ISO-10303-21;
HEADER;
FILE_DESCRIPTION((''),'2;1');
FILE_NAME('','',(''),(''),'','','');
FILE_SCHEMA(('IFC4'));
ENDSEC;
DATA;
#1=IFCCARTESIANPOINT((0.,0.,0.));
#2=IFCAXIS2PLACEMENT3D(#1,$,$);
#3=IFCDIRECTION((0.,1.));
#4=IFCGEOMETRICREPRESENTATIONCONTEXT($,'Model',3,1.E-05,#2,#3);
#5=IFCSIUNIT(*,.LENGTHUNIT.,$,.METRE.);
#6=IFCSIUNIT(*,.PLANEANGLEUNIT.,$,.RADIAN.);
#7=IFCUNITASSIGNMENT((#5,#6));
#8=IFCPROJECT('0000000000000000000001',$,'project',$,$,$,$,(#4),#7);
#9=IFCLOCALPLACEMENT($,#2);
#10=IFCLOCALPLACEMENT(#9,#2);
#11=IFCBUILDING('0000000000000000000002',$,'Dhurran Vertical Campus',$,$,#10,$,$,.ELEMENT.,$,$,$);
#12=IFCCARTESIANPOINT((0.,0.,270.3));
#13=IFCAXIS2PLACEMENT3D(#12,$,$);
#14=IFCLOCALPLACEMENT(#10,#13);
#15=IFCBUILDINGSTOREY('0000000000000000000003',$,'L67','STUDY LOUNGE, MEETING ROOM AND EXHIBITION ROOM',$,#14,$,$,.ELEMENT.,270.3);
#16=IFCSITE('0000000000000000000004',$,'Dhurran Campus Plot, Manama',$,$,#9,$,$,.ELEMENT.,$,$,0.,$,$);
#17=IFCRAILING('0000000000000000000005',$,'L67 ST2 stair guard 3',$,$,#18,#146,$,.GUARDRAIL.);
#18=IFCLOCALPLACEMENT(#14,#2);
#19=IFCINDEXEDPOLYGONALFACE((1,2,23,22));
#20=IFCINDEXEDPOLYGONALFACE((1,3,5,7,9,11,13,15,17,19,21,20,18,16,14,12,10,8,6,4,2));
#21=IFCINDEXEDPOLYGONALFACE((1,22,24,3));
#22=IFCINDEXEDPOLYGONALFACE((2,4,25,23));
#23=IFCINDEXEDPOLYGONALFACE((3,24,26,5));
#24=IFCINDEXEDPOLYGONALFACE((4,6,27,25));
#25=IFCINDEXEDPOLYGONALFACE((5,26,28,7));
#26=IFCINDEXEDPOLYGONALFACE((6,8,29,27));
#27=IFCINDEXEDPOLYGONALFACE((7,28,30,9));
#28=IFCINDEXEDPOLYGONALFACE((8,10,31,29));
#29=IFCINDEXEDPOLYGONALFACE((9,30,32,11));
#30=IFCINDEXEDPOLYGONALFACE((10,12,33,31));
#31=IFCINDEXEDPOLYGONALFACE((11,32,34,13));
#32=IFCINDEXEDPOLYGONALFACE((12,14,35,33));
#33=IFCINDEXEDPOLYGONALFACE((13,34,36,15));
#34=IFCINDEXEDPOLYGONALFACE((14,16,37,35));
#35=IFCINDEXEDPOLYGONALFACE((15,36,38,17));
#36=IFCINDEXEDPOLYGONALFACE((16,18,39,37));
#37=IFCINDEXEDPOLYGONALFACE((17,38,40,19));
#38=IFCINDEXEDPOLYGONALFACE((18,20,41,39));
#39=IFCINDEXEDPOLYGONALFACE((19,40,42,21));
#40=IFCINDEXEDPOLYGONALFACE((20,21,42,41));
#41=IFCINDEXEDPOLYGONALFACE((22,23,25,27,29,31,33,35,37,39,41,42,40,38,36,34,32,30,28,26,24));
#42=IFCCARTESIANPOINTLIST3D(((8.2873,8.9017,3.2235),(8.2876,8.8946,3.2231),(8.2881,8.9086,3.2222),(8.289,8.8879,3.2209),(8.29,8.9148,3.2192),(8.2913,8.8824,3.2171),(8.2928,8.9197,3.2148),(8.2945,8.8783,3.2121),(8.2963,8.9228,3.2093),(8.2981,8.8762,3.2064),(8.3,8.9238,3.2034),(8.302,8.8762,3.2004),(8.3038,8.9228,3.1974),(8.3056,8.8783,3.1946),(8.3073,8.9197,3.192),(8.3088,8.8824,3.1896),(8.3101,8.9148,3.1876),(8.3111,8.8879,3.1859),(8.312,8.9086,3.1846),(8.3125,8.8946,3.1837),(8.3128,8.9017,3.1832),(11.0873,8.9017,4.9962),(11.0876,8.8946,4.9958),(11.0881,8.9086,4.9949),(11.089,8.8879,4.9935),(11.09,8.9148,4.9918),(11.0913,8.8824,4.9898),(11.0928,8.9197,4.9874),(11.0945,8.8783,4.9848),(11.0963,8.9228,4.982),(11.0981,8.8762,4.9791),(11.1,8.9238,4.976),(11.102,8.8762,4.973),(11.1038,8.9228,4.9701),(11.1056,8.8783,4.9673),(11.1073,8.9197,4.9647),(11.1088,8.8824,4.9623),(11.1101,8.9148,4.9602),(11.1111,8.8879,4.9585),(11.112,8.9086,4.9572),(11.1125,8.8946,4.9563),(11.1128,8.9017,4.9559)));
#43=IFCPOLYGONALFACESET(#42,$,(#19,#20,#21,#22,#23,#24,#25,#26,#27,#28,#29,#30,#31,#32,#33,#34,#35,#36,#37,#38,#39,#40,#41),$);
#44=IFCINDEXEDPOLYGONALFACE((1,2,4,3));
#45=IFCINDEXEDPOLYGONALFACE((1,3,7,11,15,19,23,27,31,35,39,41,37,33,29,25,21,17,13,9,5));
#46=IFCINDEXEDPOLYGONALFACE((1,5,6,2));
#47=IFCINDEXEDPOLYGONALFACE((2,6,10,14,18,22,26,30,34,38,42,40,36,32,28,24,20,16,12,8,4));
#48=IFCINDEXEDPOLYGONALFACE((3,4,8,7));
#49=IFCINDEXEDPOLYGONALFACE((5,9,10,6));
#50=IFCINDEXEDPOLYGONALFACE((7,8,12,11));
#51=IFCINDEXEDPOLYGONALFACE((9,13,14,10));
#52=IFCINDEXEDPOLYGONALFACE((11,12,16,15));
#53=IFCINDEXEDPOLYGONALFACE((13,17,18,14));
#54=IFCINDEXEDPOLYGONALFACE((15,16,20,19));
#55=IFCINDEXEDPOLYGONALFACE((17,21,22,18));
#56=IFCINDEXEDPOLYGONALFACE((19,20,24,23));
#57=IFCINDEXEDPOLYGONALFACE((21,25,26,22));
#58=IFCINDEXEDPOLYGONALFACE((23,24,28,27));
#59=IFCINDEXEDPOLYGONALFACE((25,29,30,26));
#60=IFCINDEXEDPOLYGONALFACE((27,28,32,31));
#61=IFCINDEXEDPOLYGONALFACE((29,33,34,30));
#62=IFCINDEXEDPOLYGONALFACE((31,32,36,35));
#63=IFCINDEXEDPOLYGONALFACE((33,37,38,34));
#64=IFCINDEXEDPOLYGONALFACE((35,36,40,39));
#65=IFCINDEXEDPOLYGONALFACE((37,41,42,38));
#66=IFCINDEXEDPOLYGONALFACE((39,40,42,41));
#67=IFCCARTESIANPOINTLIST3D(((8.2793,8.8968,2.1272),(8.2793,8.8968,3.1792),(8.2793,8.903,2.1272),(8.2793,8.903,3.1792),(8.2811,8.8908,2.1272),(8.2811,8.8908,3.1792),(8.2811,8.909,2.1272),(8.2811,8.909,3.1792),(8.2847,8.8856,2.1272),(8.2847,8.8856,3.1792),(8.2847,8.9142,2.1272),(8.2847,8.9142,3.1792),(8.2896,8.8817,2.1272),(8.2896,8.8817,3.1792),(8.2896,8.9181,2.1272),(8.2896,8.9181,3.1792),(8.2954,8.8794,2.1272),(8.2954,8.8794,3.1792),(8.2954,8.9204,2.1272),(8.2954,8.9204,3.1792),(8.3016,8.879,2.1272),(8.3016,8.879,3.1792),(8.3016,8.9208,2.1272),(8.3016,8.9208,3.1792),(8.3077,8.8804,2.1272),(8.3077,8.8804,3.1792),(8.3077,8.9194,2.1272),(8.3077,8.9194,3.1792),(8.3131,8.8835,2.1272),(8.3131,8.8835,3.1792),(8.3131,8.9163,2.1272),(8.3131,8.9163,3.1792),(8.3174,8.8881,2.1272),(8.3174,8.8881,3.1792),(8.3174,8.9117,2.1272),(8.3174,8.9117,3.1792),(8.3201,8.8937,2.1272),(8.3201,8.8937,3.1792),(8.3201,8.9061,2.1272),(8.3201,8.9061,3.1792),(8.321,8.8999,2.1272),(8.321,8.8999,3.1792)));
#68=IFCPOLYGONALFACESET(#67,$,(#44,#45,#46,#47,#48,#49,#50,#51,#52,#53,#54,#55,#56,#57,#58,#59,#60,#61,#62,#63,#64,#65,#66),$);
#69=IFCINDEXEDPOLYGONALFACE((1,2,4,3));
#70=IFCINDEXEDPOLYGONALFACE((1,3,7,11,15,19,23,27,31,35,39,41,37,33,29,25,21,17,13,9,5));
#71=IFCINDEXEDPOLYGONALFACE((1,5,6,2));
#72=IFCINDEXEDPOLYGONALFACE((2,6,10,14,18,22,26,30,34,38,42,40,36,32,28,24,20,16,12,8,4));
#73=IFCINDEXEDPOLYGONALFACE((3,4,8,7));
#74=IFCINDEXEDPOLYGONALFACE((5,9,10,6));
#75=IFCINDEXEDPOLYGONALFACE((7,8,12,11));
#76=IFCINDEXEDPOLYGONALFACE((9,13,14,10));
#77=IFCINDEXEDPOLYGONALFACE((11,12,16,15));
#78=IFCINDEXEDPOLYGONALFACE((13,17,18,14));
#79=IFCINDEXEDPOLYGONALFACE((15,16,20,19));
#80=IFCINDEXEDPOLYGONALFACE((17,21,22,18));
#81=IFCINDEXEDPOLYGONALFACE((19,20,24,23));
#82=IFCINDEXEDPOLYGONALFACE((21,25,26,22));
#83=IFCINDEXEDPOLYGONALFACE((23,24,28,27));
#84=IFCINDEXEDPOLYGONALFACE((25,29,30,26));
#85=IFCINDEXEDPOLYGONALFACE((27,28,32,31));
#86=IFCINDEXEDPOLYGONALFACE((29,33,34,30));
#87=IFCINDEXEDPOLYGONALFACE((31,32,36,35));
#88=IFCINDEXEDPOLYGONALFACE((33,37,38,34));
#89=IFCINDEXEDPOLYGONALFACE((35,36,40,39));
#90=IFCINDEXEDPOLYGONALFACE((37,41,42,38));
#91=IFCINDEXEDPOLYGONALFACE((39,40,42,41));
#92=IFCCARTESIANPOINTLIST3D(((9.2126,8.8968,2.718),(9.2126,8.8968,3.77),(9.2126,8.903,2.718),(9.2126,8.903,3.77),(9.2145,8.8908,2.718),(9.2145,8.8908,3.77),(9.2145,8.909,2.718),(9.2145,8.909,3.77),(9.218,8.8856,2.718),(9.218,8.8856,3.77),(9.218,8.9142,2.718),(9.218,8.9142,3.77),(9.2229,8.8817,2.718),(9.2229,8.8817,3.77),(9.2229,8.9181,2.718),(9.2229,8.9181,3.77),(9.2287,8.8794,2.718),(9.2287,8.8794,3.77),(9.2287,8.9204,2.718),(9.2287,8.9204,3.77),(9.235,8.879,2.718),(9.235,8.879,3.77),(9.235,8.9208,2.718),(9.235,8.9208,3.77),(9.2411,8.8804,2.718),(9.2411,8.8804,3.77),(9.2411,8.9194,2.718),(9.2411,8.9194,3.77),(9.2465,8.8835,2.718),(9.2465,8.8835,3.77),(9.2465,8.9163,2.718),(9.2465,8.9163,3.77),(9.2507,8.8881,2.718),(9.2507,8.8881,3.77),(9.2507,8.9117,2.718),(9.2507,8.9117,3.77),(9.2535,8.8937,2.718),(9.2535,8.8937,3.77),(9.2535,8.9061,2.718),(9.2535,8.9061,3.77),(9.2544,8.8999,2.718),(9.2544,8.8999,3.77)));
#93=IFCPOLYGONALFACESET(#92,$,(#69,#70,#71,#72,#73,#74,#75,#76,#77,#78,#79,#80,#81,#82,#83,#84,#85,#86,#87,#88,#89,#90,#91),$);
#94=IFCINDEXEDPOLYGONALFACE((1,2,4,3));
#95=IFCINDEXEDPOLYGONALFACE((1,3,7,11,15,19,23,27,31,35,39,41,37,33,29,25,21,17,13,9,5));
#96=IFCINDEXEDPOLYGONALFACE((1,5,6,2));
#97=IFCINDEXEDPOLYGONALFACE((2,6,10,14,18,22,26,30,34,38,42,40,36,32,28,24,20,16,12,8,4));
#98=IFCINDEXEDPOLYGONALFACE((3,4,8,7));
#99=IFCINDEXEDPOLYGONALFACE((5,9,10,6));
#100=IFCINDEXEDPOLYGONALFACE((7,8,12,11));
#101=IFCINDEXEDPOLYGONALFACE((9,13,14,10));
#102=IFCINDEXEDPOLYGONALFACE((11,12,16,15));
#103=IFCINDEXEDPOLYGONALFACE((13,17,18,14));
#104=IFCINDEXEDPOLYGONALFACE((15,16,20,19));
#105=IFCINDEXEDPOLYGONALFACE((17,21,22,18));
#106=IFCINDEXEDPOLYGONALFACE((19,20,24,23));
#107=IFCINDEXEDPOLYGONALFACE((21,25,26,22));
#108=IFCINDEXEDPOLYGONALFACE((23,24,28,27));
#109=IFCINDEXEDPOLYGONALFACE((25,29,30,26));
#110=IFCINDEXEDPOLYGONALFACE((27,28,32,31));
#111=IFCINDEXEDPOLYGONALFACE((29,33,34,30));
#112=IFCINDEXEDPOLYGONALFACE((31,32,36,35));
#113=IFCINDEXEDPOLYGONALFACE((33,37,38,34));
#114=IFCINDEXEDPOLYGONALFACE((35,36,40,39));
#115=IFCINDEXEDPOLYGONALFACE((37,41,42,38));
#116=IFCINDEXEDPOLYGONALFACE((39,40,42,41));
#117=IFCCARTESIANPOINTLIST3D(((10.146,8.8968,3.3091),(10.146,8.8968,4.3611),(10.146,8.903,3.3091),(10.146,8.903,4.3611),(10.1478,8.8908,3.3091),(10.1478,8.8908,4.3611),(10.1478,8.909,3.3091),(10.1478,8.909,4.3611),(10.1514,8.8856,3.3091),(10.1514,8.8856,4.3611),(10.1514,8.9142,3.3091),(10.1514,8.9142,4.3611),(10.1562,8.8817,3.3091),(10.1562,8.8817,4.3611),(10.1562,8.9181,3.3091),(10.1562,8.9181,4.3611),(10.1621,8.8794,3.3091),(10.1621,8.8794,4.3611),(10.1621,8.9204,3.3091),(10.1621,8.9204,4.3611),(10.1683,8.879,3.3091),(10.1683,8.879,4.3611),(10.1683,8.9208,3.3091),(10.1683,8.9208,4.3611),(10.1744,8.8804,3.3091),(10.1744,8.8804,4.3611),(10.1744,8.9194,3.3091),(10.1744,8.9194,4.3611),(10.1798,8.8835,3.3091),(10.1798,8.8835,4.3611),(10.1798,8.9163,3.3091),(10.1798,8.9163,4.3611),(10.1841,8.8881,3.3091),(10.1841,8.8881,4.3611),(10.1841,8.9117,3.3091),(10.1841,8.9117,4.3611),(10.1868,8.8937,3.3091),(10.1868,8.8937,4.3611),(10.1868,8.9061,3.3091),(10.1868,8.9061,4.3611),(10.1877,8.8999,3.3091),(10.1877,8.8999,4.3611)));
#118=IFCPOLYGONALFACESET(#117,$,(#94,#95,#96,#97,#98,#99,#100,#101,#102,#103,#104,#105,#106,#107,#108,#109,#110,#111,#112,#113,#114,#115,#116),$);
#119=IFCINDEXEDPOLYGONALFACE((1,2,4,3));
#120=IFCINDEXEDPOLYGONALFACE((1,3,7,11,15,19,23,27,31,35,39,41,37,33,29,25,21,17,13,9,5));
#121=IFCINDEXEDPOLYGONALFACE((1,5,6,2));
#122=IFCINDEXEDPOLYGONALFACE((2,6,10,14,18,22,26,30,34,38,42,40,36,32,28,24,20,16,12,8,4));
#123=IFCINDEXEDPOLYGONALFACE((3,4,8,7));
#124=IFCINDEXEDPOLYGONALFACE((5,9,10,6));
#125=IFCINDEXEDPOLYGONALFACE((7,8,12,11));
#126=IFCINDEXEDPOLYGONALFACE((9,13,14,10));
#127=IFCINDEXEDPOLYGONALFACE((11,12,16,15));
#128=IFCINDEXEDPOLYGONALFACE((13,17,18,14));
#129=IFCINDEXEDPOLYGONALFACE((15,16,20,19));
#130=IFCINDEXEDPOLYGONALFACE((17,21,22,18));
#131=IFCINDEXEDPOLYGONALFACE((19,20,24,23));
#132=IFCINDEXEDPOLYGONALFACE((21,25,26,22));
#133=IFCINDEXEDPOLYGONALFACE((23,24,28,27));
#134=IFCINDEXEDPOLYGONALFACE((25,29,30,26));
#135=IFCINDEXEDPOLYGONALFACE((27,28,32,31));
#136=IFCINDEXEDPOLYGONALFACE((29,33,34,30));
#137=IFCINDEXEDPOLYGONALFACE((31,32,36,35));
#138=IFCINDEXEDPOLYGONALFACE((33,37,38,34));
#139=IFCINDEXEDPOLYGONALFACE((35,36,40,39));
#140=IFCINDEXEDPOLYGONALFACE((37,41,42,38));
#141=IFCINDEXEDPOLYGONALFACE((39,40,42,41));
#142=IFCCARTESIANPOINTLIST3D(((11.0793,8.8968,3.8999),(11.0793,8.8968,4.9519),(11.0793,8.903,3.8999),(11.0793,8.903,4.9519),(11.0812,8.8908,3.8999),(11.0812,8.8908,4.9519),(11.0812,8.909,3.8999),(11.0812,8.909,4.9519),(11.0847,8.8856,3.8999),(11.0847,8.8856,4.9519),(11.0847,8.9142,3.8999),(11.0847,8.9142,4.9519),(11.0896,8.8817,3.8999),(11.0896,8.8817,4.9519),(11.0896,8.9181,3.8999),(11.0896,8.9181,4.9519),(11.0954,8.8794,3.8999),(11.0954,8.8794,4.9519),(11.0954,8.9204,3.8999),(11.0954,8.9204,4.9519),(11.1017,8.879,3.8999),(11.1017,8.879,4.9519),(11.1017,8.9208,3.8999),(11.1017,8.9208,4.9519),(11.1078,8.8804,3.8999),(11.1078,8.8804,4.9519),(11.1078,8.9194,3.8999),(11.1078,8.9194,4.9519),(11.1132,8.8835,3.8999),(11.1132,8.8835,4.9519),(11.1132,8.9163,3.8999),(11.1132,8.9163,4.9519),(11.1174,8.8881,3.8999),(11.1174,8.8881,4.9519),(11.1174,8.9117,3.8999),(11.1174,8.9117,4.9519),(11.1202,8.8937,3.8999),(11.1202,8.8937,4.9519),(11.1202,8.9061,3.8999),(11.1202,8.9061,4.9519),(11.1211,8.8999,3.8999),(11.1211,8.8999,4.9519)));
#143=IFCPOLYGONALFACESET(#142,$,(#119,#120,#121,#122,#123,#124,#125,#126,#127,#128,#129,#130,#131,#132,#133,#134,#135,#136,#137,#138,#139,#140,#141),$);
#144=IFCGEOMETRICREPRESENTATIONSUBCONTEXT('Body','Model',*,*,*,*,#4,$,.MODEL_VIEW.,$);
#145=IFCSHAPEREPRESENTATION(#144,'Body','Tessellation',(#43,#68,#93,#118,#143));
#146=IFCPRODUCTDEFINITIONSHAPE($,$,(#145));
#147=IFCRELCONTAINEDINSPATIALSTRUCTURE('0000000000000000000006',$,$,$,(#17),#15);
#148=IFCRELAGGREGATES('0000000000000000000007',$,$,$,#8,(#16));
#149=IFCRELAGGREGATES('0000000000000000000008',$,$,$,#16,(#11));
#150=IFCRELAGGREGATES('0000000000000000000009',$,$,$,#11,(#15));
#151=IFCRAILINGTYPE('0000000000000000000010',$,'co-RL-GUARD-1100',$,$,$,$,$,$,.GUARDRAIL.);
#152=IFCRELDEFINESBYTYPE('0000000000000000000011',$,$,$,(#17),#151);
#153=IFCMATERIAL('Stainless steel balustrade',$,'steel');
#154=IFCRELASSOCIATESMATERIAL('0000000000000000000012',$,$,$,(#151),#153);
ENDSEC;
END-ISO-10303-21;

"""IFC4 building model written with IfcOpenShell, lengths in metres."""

from ifc_helpers import new_model, si_unit, direction, frame, origin, origin_2d, place, context, subcontext, project, spatial, circle, extrude, material, type_object, element, save


model = new_model("IFC4")

# Units and contexts
model_context = context("Model", 3, precision=1e-05, world=origin(), true_north=direction((0.0, 1.0)))
body_context = subcontext(model_context, "Body", "Model", "MODEL_VIEW")
ifc_project = project(units=[si_unit("LENGTHUNIT", "METRE"), si_unit("PLANEANGLEUNIT", "RADIAN")], contexts=[model_context])

# Site, building, storey
site_placement = place(None, origin())
site = spatial("IfcSite", under=ifc_project, at=site_placement, Name="Dhurran Campus Plot, Manama", CompositionType="ELEMENT", RefElevation=0.0)
building_placement = place(site_placement, origin())
building = spatial("IfcBuilding", under=site, at=building_placement, Name="Dhurran Vertical Campus", CompositionType="ELEMENT")
storey_placement = place(building_placement, frame((0.0, 0.0, 270.3)))
storey = spatial("IfcBuildingStorey", under=building, at=storey_placement, Name="L67", Description="STUDY LOUNGE, MEETING ROOM AND EXHIBITION ROOM", CompositionType="ELEMENT", Elevation=270.3)

# Railing
ifc_material_1 = material(Name="Stainless steel balustrade", Category="steel")
railing_type_1 = type_object("IfcRailingType", Name="co-RL-GUARD-1100", PredefinedType="GUARDRAIL", material=ifc_material_1)
railing_1_placement = place(storey_placement, frame((8.3, 8.8999, 2.1272)))
element("IfcRailing", 1, at=railing_1_placement, inside=storey, type_object=railing_type_1, Name="L67 ST2 stair guard 3", PredefinedType="GUARDRAIL", context=body_context, shape_type="SweptSolid", body=[
    extrude(circle(Radius=0.0239, at=origin_2d()), frame((0.0, 0.0, 1.0762), z_axis=(0.844909, 0.0, 0.53491), x_axis=(0.0, 1.0, 0.0)), (0.0, 0.0, 1.0), 3.314),
    extrude(circle(Radius=0.021, at=origin_2d()), origin(), (0.0, 0.0, 1.0), 1.052),
    extrude(circle(Radius=0.021, at=origin_2d()), frame((0.9333, 0.0, 0.5908)), (0.0, 0.0, 1.0), 1.052),
    extrude(circle(Radius=0.021, at=origin_2d()), frame((1.8667, 0.0, 1.1819)), (0.0, 0.0, 1.0), 1.052),
    extrude(circle(Radius=0.021, at=origin_2d()), frame((2.8, 0.0, 1.7727)), (0.0, 0.0, 1.0), 1.052),
])

save(model, "model.ifc")
